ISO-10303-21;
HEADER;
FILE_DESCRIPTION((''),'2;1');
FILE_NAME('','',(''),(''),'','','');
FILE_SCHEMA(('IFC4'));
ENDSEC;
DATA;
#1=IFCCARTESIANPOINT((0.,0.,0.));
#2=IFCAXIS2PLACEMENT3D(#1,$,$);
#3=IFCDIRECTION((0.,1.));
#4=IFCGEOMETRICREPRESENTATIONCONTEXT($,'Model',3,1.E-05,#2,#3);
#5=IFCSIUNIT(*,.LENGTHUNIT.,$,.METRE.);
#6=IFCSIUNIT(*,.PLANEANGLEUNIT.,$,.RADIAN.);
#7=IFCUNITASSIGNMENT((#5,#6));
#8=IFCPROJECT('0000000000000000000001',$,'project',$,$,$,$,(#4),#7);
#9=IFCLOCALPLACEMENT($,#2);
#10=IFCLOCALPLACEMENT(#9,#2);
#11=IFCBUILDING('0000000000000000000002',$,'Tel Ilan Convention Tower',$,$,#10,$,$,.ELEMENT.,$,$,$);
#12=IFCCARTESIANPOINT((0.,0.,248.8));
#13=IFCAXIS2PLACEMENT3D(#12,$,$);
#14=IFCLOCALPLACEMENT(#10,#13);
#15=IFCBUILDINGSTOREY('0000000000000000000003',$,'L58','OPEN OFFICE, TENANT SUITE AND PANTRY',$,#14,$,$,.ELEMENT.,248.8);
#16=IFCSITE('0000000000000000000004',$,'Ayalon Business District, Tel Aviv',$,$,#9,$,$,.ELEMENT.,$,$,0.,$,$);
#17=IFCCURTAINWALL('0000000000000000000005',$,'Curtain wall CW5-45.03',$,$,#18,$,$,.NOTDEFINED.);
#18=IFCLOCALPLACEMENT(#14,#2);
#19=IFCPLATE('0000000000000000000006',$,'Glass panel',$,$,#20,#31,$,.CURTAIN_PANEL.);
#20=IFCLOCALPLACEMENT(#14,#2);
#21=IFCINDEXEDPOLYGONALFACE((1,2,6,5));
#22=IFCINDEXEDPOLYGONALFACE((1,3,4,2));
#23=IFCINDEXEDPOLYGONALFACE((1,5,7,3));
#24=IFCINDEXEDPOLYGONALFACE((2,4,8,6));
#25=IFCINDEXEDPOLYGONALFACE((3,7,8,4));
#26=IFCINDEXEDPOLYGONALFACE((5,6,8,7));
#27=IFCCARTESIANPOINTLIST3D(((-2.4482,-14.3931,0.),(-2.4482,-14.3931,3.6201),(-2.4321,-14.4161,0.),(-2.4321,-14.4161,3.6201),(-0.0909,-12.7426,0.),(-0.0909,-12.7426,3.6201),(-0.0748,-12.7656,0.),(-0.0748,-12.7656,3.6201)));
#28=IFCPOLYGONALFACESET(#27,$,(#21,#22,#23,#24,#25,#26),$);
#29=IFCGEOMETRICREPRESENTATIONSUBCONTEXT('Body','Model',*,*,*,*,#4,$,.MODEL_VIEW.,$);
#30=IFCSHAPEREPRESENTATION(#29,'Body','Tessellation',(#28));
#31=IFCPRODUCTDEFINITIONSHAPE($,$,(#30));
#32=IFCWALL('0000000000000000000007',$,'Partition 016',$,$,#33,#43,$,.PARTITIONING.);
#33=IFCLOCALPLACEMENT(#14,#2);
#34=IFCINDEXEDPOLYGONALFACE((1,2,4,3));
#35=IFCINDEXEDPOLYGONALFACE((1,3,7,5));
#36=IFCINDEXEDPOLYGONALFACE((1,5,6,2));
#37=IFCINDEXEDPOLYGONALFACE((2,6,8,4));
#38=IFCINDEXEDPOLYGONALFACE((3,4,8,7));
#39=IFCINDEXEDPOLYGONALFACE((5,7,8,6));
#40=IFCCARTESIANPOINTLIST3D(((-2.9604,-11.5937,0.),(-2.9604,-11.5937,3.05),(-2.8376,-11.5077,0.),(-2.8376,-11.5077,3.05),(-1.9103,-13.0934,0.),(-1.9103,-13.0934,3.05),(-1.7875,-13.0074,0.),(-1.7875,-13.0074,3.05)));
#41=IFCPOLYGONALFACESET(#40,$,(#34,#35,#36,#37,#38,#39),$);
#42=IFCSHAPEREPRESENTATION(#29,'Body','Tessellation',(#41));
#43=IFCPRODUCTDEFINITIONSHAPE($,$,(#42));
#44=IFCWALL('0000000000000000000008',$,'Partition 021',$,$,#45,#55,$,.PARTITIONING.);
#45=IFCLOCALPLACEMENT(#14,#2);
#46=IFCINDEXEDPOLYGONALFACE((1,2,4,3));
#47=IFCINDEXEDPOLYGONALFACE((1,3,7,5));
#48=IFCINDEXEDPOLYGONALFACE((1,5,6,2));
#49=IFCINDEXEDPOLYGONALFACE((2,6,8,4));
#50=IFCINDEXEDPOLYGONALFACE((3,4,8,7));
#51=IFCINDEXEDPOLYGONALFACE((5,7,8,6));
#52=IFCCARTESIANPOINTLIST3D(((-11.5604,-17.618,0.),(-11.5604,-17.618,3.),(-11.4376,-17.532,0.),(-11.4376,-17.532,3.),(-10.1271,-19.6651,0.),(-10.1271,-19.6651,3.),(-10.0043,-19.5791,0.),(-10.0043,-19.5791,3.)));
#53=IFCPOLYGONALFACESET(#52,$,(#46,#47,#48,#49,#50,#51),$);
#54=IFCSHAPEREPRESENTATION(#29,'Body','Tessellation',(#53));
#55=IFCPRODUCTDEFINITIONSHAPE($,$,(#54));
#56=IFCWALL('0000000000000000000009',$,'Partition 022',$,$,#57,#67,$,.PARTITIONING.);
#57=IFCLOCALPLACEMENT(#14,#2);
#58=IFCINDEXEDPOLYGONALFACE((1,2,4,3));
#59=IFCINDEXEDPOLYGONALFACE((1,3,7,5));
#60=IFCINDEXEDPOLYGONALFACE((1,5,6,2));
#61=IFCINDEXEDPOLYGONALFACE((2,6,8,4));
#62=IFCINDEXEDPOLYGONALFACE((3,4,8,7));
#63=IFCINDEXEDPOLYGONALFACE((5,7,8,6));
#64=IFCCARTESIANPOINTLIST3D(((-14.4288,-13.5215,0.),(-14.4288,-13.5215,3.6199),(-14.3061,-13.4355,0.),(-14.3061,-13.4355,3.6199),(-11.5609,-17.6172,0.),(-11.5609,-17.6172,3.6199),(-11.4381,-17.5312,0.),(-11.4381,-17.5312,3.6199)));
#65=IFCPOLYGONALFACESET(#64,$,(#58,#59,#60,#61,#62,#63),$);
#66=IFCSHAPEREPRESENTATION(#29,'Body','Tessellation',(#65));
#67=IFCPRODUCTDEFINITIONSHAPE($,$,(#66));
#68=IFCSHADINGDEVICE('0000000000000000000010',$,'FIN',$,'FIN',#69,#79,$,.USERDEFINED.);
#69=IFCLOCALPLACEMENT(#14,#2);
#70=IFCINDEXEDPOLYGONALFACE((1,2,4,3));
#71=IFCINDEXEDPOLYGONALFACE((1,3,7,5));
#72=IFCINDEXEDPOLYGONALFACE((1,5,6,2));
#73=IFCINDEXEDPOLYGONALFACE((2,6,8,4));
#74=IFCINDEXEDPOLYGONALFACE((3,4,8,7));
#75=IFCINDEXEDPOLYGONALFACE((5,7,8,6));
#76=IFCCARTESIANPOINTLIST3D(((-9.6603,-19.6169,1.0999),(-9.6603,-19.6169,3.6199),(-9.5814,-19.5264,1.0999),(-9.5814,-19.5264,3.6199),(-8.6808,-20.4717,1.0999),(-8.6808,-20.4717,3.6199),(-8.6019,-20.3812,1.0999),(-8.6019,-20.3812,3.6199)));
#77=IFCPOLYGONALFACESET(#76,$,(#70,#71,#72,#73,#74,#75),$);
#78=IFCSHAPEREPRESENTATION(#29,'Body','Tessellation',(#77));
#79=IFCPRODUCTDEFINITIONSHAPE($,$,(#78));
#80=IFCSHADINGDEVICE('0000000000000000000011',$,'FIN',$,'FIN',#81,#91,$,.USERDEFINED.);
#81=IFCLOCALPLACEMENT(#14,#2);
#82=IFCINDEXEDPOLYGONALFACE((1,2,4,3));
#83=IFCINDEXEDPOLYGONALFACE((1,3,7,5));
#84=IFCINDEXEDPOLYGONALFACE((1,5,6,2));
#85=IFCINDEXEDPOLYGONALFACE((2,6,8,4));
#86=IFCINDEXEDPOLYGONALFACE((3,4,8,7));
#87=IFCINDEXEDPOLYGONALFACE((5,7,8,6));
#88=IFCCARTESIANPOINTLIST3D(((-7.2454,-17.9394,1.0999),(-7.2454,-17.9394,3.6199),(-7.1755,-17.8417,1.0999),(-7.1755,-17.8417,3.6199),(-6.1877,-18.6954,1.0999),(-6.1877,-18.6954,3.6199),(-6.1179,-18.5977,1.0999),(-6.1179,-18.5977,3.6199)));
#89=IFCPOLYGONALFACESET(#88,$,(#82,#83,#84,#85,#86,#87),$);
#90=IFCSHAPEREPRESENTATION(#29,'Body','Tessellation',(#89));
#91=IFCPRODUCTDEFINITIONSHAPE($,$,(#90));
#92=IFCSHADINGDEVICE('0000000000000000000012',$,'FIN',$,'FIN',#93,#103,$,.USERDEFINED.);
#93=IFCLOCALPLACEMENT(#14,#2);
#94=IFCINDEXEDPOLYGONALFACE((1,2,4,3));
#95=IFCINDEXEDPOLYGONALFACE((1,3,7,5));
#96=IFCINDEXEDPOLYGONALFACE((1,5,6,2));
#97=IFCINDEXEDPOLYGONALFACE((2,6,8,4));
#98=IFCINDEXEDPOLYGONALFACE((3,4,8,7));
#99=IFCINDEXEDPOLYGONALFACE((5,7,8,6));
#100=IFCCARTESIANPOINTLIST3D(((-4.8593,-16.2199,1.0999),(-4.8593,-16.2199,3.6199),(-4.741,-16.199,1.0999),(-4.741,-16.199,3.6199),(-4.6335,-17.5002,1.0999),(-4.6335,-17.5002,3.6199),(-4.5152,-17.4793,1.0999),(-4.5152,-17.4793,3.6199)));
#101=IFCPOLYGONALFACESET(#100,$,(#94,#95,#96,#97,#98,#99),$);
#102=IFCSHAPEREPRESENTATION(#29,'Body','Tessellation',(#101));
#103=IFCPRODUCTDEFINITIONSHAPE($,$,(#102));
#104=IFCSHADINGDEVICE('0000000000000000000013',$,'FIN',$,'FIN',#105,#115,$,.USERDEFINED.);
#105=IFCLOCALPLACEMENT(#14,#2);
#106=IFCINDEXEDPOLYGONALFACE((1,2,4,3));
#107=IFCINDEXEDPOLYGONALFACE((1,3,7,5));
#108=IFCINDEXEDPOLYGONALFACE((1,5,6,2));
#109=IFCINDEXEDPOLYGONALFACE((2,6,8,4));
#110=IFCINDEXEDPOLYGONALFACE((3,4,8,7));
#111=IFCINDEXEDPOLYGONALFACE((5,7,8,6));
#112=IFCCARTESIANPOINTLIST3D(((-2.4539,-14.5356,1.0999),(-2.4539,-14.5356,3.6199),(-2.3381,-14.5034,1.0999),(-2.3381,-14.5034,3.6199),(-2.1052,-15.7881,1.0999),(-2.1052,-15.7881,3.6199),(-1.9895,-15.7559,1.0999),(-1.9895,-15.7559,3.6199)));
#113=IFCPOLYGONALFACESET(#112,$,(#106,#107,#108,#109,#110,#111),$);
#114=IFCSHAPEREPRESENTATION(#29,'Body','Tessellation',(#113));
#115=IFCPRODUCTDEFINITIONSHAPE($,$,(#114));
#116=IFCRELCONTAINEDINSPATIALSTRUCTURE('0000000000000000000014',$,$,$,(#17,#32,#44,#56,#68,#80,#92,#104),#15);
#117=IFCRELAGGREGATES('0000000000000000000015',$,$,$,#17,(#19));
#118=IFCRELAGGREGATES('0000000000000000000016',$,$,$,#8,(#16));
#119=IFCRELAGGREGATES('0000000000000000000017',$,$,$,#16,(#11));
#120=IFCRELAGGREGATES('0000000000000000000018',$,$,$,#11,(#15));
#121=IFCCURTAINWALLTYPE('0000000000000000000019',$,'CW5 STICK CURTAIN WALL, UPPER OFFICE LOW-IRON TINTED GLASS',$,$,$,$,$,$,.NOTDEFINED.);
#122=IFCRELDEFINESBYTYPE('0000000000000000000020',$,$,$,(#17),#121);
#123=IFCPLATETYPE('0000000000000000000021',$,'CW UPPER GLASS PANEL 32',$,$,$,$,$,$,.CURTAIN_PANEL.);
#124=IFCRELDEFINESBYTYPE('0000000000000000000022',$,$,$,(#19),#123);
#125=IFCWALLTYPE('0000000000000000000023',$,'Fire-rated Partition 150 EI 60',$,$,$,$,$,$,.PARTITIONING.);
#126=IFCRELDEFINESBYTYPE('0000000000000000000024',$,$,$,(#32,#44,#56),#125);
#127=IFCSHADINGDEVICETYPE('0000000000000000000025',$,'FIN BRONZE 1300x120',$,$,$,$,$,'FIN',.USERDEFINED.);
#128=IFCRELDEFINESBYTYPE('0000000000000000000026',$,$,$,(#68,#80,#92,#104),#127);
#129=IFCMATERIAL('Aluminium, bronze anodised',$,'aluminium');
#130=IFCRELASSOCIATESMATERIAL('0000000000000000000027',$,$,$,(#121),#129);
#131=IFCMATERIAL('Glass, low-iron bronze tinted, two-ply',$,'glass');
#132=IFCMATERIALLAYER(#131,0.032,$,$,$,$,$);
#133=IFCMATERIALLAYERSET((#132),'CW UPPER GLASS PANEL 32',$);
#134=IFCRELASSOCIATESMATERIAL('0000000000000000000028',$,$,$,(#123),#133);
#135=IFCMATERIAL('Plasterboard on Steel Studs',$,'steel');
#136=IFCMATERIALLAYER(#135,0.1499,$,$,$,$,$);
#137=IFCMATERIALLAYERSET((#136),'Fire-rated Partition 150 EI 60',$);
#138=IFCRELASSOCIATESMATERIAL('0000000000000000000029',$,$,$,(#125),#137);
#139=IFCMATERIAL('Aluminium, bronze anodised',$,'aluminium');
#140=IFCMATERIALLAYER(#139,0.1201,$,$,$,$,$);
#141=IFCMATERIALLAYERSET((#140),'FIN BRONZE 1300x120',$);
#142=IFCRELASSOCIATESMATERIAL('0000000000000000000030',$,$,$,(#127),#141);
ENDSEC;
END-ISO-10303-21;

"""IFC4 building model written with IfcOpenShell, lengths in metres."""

from ifc_helpers import new_model, si_unit, direction, frame, frame_2d, origin, origin_2d, place, context, subcontext, project, spatial, rectangle, extrude, material, layer, layer_set, type_object, element, aggregate, save


model = new_model("IFC4")

# Units and contexts
model_context = context("Model", 3, precision=1e-05, world=origin(), true_north=direction((0.0, 1.0)))
body_context = subcontext(model_context, "Body", "Model", "MODEL_VIEW")
ifc_project = project(units=[si_unit("LENGTHUNIT", "METRE"), si_unit("PLANEANGLEUNIT", "RADIAN")], contexts=[model_context])

# Site, building, storey
site_placement = place(None, origin())
site = spatial("IfcSite", under=ifc_project, at=site_placement, Name="Ayalon Business District, Tel Aviv", CompositionType="ELEMENT", RefElevation=0.0)
building_placement = place(site_placement, origin())
building = spatial("IfcBuilding", under=site, at=building_placement, Name="Tel Ilan Convention Tower", CompositionType="ELEMENT")
storey_placement = place(building_placement, frame((0.0, 0.0, 248.8)))
storey = spatial("IfcBuildingStorey", under=building, at=storey_placement, Name="L58", Description="OPEN OFFICE, TENANT SUITE AND PANTRY", CompositionType="ELEMENT", Elevation=248.8)

# Curtain wall, plate
ifc_material_1 = material(Name="Aluminium, bronze anodised", Category="aluminium")
curtain_wall_type = type_object("IfcCurtainWallType", Name="CW5 STICK CURTAIN WALL, UPPER OFFICE LOW-IRON TINTED GLASS", PredefinedType="NOTDEFINED", material=ifc_material_1)
curtain_wall_placement = place(storey_placement, origin())
curtain_wall = element("IfcCurtainWall", 1, at=curtain_wall_placement, inside=storey, type_object=curtain_wall_type, Name="Curtain wall CW5-45.03", PredefinedType="NOTDEFINED")
ifc_material_2 = material(Name="Glass, low-iron bronze tinted, two-ply", Category="glass")
ifc_layer_1 = layer(ifc_material_2, 0.032)
ifc_layer_set_1 = layer_set([ifc_layer_1], Name="CW UPPER GLASS PANEL 32")
plate_type = type_object("IfcPlateType", Name="CW UPPER GLASS PANEL 32", PredefinedType="CURTAIN_PANEL", material=ifc_layer_set_1)
plate_1_placement = place(storey_placement, frame((-1.2615, -13.5793, 0.0), z_axis=(0.0, 0.0, 1.0), x_axis=(0.819152, 0.573576, 0.0)))
plate_1 = element("IfcPlate", 2, at=plate_1_placement, type_object=plate_type, Name="Glass panel", PredefinedType="CURTAIN_PANEL", context=body_context, shape_type="SweptSolid", body=[
    extrude(rectangle(XDim=2.8777, YDim=0.0281, at=origin_2d()), origin(), (0.0, 0.0, 1.0), 3.6201),
])
aggregate(curtain_wall, [plate_1])

# Walls
ifc_material_3 = material(Name="Plasterboard on Steel Studs", Category="steel")
ifc_layer_2 = layer(ifc_material_3, 0.1499)
ifc_layer_set_2 = layer_set([ifc_layer_2], Name="Fire-rated Partition 150 EI 60")
wall_type = type_object("IfcWallType", Name="Fire-rated Partition 150 EI 60", PredefinedType="PARTITIONING", material=ifc_layer_set_2)
wall_1_placement = place(storey_placement, frame((-1.8489, -13.0505, 0.0), z_axis=(0.0, 0.0, 1.0), x_axis=(-0.573543, 0.819176, 0.0)))
element("IfcWall", 3, at=wall_1_placement, inside=storey, type_object=wall_type, Name="Partition 016", PredefinedType="PARTITIONING", context=body_context, shape_type="SweptSolid", body=[
    extrude(rectangle(XDim=1.8308, YDim=0.1499, at=frame_2d((0.9155, 0.0))), origin(), (0.0, 0.0, 1.0), 3.05),
])
wall_2_placement = place(storey_placement, frame((-10.0657, -19.6221, 0.0), z_axis=(0.0, 0.0, 1.0), x_axis=(-0.573561, 0.819163, 0.0)))
element("IfcWall", 4, at=wall_2_placement, inside=storey, type_object=wall_type, Name="Partition 021", PredefinedType="PARTITIONING", context=body_context, shape_type="SweptSolid", body=[
    extrude(rectangle(XDim=2.499, YDim=0.1499, at=frame_2d((1.2495, 0.0))), origin(), (0.0, 0.0, 1.0), 3.0),
])
wall_3_placement = place(storey_placement, frame((-11.4995, -17.5742, 0.0), z_axis=(0.0, 0.0, 1.0), x_axis=(-0.573587, 0.819145, 0.0)))
element("IfcWall", 5, at=wall_3_placement, inside=storey, type_object=wall_type, Name="Partition 022", PredefinedType="PARTITIONING", context=body_context, shape_type="SweptSolid", body=[
    extrude(rectangle(XDim=5.0, YDim=0.1499, at=frame_2d((2.5, 0.0))), origin(), (0.0, 0.0, 1.0), 3.6199),
])

# Shading devices
ifc_material_4 = material(Name="Aluminium, bronze anodised", Category="aluminium")
ifc_layer_3 = layer(ifc_material_4, 0.1201)
ifc_layer_set_3 = layer_set([ifc_layer_3], Name="FIN BRONZE 1300x120")
shading_device_type = type_object("IfcShadingDeviceType", Name="FIN BRONZE 1300x120", ElementType="FIN", PredefinedType="USERDEFINED", material=ifc_layer_set_3)
for number, where, z_axis, x_axis, name in (
    (6, (-9.1311, -19.999, 1.0999), (0.0, 0.0, 1.0), (0.753436, -0.657521, 0.0), "FIN"),
    (7, (-6.6816, -18.2686, 1.0999), (0.0, 0.0, 1.0), (0.813552, -0.581492, 0.0), "FIN"),
    (8, (-4.6873, -16.8496, 1.0999), (0.0, 0.0, 1.0), (0.173648, -0.984808, 0.0), "FIN"),
    (9, (-2.2217, -15.1458, 1.0999), (0.0, 0.0, 1.0), (0.268173, -0.963371, 0.0), "FIN"),
):
    element("IfcShadingDevice", number, at=place(storey_placement, frame(where, z_axis=z_axis, x_axis=x_axis)), inside=storey, type_object=shading_device_type, Name=name, ObjectType="FIN", PredefinedType="USERDEFINED", context=body_context, shape_type="SweptSolid", body=[
        extrude(rectangle(XDim=1.3, YDim=0.1201, at=origin_2d()), origin(), (0.0, 0.0, 1.0), 2.52),
    ])

save(model, "model.ifc")
